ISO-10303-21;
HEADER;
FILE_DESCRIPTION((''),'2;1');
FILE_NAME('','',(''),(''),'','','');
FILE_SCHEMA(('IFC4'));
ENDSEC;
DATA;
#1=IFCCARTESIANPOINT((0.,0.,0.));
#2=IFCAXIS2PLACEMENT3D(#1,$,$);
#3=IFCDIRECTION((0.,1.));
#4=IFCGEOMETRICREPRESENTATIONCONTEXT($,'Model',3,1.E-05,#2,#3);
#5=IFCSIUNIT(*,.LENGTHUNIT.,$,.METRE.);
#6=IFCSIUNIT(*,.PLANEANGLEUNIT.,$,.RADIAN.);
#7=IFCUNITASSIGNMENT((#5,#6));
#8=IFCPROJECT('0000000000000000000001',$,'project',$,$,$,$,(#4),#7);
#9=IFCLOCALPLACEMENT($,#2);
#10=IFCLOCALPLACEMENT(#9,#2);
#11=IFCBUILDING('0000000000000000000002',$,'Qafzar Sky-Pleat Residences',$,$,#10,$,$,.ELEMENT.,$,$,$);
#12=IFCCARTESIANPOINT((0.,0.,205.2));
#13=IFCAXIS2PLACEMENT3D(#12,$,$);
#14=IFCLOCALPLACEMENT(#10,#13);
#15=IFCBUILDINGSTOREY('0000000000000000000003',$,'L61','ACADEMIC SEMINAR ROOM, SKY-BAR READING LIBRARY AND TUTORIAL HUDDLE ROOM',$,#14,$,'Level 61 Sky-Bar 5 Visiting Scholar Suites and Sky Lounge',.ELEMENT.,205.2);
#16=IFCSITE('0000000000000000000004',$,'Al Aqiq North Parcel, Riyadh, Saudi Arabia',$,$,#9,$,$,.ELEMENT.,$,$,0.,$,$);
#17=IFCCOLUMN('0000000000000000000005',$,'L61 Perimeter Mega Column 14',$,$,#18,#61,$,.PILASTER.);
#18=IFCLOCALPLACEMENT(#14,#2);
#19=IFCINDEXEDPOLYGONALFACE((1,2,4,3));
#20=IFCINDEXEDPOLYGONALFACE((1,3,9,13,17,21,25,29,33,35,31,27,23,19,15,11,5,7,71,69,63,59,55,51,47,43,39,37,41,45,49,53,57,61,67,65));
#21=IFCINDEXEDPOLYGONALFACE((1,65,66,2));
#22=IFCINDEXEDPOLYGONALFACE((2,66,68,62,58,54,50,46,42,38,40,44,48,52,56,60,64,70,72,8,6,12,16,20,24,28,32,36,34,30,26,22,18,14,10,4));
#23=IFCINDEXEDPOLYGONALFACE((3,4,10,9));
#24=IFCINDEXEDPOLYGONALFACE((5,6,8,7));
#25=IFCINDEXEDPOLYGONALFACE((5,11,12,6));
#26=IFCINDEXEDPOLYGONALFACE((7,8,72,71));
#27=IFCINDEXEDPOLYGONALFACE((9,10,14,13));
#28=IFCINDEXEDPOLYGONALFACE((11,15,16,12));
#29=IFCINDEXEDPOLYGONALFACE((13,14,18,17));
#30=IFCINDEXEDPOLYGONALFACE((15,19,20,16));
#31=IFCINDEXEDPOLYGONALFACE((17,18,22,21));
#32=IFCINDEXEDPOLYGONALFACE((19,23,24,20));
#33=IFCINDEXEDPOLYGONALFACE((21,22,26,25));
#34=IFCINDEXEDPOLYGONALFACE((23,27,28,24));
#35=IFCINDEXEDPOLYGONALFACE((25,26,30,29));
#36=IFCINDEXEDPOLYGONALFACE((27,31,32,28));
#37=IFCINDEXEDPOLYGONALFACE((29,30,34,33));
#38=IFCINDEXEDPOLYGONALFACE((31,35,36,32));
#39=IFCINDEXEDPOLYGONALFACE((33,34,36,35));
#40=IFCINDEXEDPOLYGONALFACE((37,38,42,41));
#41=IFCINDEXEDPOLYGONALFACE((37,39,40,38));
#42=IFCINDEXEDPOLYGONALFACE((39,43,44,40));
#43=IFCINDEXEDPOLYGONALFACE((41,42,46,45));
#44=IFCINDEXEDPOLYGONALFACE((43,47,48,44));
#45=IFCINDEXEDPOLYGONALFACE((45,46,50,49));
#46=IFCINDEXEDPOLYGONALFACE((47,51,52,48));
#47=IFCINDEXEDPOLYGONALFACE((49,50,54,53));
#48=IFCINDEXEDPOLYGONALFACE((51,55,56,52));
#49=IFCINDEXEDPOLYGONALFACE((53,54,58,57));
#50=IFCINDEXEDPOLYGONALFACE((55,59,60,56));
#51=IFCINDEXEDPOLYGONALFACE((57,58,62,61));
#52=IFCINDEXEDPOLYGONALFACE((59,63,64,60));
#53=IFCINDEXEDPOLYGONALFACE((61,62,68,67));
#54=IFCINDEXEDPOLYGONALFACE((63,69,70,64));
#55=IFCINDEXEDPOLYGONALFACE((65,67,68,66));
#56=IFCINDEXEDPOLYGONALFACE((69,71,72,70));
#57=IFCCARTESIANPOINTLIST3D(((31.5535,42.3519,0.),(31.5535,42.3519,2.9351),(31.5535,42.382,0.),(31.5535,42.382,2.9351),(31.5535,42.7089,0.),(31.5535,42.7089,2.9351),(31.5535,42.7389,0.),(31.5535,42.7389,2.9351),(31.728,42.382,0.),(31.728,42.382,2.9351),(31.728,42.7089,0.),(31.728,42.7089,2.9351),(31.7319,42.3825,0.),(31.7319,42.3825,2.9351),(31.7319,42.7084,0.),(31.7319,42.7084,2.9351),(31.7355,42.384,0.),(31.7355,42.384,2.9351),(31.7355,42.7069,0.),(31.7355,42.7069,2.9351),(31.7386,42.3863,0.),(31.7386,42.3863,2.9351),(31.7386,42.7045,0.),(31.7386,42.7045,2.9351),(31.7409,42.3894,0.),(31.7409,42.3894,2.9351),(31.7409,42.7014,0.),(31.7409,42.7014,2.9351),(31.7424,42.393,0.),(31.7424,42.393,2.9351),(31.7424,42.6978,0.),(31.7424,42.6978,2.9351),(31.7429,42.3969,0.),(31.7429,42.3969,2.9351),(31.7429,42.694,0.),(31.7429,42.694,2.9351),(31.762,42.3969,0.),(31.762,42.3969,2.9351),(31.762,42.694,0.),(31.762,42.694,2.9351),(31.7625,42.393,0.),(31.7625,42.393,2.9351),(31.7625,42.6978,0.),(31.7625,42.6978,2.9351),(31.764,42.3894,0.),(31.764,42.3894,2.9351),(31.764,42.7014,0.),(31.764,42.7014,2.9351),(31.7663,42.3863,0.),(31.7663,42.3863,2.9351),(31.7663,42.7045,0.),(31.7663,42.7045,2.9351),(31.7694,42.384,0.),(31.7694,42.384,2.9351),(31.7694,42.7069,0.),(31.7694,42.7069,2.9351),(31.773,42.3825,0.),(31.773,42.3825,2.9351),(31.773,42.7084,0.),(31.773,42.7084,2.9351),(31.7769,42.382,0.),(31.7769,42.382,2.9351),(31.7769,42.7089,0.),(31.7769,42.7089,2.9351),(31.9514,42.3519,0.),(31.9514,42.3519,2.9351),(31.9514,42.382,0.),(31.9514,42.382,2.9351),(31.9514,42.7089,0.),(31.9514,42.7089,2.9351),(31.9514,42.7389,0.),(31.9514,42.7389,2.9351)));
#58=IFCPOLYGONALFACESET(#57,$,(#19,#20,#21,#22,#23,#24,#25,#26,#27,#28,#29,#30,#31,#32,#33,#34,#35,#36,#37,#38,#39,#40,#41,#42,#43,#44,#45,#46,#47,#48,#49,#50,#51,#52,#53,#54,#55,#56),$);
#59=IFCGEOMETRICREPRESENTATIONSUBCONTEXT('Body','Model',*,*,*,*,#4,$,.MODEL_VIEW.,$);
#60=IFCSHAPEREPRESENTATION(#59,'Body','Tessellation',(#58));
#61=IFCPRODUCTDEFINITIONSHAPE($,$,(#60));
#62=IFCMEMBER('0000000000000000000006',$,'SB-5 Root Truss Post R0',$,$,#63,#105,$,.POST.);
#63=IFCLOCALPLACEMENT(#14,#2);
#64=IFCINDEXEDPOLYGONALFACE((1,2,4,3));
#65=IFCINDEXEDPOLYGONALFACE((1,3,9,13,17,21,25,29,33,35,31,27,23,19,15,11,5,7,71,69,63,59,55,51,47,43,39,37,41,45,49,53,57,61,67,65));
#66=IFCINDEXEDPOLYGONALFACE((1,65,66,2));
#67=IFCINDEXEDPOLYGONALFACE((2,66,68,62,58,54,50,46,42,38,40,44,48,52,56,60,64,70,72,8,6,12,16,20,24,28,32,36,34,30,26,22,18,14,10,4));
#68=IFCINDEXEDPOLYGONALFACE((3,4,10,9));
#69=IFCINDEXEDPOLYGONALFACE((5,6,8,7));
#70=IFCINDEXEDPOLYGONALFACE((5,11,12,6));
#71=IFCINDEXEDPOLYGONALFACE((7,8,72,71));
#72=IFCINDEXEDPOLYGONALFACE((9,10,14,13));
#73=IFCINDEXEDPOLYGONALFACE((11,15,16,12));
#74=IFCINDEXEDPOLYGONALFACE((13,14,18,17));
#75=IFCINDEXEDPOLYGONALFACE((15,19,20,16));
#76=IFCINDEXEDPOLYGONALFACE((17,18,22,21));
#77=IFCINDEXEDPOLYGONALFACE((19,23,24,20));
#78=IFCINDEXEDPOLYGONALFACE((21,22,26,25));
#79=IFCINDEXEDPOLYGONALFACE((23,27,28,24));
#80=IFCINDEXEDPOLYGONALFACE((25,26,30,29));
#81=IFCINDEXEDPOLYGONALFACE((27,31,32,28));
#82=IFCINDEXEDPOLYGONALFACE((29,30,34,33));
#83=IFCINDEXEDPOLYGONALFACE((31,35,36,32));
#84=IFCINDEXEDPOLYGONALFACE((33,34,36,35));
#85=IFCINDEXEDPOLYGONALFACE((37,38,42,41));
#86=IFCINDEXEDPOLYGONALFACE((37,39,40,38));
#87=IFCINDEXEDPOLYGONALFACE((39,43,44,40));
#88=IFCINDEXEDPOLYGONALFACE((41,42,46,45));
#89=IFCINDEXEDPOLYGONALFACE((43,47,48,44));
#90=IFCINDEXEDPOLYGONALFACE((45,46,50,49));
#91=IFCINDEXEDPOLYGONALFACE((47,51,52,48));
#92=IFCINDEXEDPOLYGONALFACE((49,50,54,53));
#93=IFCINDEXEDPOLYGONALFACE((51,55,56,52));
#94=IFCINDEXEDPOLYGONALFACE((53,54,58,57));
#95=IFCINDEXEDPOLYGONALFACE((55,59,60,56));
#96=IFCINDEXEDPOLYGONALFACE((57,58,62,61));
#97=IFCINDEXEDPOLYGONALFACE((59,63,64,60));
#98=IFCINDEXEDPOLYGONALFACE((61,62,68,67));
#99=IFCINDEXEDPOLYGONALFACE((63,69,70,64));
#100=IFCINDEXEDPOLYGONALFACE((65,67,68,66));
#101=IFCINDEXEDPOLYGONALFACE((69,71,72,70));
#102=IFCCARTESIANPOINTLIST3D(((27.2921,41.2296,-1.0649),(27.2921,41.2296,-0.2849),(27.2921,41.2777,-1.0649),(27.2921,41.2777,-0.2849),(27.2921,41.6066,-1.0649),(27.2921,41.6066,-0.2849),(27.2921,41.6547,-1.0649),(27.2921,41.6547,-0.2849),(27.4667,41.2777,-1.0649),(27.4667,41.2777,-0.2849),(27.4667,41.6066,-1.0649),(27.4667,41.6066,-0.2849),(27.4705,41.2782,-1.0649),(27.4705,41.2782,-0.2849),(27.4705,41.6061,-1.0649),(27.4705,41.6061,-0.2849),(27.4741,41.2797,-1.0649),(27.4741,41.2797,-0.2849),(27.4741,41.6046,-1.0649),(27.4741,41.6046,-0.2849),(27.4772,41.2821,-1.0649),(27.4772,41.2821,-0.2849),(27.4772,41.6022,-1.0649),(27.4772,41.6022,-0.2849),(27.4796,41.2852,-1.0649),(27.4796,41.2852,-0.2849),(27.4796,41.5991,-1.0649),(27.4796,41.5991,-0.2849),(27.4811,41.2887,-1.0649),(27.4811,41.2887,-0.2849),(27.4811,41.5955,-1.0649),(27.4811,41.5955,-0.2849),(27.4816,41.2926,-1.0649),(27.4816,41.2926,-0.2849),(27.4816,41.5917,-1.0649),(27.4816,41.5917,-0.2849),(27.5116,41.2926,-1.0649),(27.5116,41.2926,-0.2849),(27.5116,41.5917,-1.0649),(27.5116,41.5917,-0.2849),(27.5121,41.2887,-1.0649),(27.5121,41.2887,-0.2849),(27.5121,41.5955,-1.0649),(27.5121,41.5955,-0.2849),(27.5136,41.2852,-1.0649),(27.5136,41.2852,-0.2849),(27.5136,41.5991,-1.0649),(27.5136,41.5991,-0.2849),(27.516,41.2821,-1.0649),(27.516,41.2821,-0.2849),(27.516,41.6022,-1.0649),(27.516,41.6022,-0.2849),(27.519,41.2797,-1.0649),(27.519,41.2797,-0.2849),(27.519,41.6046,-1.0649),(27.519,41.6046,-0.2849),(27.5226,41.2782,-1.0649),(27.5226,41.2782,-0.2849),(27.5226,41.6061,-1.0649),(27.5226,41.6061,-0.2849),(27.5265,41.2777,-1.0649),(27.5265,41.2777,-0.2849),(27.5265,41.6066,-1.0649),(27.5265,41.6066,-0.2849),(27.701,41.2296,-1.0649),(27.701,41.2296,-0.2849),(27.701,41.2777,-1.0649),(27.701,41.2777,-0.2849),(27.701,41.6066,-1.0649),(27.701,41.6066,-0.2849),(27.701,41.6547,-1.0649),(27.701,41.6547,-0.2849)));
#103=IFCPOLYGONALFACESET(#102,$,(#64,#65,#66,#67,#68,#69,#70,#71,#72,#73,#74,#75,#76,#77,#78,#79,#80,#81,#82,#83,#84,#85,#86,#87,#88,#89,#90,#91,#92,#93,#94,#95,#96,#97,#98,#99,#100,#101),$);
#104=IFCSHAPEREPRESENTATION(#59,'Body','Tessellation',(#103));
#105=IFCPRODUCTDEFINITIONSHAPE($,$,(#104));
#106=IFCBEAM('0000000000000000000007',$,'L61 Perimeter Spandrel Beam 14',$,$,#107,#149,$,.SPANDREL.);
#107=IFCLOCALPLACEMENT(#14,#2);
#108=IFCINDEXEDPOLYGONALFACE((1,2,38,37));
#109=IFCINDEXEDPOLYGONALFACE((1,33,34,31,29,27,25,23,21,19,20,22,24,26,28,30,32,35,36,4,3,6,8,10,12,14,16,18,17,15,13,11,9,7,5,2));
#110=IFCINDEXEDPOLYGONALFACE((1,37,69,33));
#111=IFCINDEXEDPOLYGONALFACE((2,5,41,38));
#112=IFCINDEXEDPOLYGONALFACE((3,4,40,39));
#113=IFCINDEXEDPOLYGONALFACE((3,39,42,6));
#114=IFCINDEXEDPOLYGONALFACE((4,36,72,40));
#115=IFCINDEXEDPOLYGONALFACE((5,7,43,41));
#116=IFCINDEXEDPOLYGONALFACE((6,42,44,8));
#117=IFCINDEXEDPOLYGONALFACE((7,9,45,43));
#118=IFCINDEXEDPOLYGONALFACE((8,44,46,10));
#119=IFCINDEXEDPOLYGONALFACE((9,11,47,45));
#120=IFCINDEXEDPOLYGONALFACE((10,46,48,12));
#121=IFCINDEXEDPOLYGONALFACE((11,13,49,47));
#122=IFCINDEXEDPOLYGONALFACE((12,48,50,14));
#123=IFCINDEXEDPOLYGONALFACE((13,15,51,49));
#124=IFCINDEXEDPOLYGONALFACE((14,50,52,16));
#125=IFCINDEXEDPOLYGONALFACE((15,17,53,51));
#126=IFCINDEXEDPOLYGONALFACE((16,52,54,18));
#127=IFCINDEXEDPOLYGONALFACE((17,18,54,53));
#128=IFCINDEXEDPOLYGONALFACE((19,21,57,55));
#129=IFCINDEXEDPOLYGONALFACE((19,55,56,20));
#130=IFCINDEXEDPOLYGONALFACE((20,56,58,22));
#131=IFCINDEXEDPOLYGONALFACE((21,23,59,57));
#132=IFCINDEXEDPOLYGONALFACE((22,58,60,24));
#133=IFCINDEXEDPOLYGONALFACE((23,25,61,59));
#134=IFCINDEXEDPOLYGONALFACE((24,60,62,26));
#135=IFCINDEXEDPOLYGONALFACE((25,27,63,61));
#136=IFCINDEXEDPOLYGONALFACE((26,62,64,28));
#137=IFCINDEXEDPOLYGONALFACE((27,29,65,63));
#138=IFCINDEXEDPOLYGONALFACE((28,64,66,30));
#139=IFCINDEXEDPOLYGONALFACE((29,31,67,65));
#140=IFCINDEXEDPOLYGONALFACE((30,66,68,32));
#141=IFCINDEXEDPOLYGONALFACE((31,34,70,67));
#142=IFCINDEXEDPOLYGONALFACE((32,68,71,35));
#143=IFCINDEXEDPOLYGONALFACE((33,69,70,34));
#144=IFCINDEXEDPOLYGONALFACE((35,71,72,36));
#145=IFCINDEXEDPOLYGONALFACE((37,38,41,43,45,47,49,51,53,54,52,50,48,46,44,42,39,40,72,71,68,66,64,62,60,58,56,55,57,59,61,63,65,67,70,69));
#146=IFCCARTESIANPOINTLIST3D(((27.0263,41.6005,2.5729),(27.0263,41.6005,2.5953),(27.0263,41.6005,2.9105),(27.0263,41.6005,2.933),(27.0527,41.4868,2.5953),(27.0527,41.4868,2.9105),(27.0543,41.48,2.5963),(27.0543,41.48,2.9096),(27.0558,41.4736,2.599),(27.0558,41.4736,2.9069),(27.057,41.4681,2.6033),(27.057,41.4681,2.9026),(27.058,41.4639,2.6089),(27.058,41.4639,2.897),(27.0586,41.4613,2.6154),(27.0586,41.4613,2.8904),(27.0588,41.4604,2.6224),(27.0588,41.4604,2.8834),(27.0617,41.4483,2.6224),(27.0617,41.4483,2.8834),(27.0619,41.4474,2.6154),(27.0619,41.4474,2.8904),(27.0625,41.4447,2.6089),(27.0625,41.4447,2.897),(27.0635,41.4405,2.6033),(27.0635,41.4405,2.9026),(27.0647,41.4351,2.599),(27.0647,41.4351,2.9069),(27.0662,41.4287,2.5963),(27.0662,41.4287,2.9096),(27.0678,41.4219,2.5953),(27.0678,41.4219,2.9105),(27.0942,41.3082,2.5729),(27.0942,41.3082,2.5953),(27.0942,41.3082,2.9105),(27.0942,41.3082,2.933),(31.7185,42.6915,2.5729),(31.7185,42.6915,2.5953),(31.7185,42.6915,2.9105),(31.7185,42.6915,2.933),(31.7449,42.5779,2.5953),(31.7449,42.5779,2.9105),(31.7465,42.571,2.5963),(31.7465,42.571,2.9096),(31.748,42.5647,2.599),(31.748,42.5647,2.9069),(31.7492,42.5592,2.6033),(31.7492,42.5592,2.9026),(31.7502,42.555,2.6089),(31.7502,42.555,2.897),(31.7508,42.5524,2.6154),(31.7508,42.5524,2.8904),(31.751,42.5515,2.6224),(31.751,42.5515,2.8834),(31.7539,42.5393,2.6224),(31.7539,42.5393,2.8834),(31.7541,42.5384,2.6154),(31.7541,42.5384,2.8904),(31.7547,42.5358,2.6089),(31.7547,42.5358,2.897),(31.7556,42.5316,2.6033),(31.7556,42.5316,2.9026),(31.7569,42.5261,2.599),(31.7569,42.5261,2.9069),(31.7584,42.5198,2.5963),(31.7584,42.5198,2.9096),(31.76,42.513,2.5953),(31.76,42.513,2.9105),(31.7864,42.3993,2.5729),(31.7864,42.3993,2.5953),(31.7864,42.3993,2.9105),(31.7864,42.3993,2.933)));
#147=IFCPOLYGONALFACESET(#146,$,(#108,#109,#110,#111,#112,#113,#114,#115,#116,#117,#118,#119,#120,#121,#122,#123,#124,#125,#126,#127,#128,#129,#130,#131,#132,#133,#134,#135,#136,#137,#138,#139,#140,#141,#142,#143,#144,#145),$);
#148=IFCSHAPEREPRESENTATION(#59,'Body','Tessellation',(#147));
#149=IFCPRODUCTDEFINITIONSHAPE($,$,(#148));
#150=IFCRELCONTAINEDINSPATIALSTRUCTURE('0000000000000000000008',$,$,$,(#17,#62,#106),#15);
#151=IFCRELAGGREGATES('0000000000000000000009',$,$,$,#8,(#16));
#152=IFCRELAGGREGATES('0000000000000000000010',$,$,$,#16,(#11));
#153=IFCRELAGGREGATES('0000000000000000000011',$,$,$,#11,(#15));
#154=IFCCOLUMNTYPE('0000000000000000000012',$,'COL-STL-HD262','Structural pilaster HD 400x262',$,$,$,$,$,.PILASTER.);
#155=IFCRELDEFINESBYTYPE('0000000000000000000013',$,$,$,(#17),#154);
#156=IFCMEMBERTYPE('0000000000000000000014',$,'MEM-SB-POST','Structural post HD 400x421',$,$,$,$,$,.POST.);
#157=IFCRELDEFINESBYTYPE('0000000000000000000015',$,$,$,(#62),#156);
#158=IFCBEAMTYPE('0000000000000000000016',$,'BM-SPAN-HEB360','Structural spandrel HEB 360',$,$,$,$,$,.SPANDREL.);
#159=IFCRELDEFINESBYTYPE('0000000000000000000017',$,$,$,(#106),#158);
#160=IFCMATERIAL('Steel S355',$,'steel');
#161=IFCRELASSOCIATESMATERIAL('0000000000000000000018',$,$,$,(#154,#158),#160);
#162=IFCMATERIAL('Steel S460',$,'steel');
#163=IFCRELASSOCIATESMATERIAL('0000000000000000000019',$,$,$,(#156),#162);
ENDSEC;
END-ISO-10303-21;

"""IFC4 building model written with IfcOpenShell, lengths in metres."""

from ifc_helpers import new_model, si_unit, direction, frame, origin, origin_2d, place, context, subcontext, project, spatial, i_section, extrude, source, transform, mapped, material, material_profile, profile_set, type_object, element, save


model = new_model("IFC4")

# Units and contexts
model_context = context("Model", 3, precision=1e-05, world=origin(), true_north=direction((0.0, 1.0)))
body_context = subcontext(model_context, "Body", "Model", "MODEL_VIEW")
ifc_project = project(units=[si_unit("LENGTHUNIT", "METRE"), si_unit("PLANEANGLEUNIT", "RADIAN")], contexts=[model_context])

# Site, building, storey
site_placement = place(None, origin())
site = spatial("IfcSite", under=ifc_project, at=site_placement, Name="Al Aqiq North Parcel, Riyadh, Saudi Arabia", CompositionType="ELEMENT", RefElevation=0.0)
building_placement = place(site_placement, origin())
building = spatial("IfcBuilding", under=site, at=building_placement, Name="Qafzar Sky-Pleat Residences", CompositionType="ELEMENT")
storey_placement = place(building_placement, frame((0.0, 0.0, 205.2)))
storey = spatial("IfcBuildingStorey", under=building, at=storey_placement, Name="L61", Description="ACADEMIC SEMINAR ROOM, SKY-BAR READING LIBRARY AND TUTORIAL HUDDLE ROOM", LongName="Level 61 Sky-Bar 5 Visiting Scholar Suites and Sky Lounge", CompositionType="ELEMENT", Elevation=205.2)

# Column
ifc_material_1 = material(Name="Steel S355", Category="steel")
ifc_material_profile_1 = material_profile(ifc_material_1, i_section(OverallWidth=0.3979, OverallDepth=0.387, WebThickness=0.019, FlangeThickness=0.03, FilletRadius=0.0149, at=origin_2d()), Name="HD 400x262")
ifc_profile_set_1 = profile_set([ifc_material_profile_1], Name="Steel S355")
column_type = type_object("IfcColumnType", Name="COL-STL-HD262", Description="Structural pilaster HD 400x262", PredefinedType="PILASTER", material=ifc_profile_set_1)
shared_shape_1 = source(origin(), body_context, "Body", "SweptSolid", [
    extrude(i_section(OverallWidth=0.3979, OverallDepth=0.387, WebThickness=0.019, FlangeThickness=0.03, FilletRadius=0.0149, at=origin_2d()), origin(), (0.0, 0.0, 1.0), 2.9351),
])
column_placement = place(storey_placement, frame((31.7524, 42.5454, 0.0), z_axis=(0.0, 0.0, 1.0), x_axis=(1.0, 0.0, 0.0)))
element("IfcColumn", 1, at=column_placement, inside=storey, type_object=column_type, Name="L61 Perimeter Mega Column 14", PredefinedType="PILASTER", context=body_context, shape_type="MappedRepresentation", body=[
    mapped(shared_shape_1, transform((0.0, 0.0, 0.0), x_axis=(1.0, 0.0, 0.0), y_axis=(0.0, 1.0, 0.0), z_axis=(0.0, 0.0, 1.0), scale=1.0)),
])

# Member
ifc_material_2 = material(Name="Steel S460", Category="steel")
ifc_material_profile_2 = material_profile(ifc_material_2, i_section(OverallWidth=0.4089, OverallDepth=0.425, WebThickness=0.03, FlangeThickness=0.0481, FilletRadius=0.0149, at=origin_2d()), Name="HD 400x421")
ifc_profile_set_2 = profile_set([ifc_material_profile_2], Name="Steel S460")
member_type_1 = type_object("IfcMemberType", Name="MEM-SB-POST", Description="Structural post HD 400x421", PredefinedType="POST", material=ifc_profile_set_2)
shared_shape_2 = source(origin(), body_context, "Body", "SweptSolid", [
    extrude(i_section(OverallWidth=0.4089, OverallDepth=0.425, WebThickness=0.03, FlangeThickness=0.0481, FilletRadius=0.0149, at=origin_2d()), origin(), (0.0, 0.0, 1.0), 0.78),
])
member_placement = place(storey_placement, frame((27.4966, 41.4421, -1.0649), z_axis=(0.0, 0.0, 1.0), x_axis=(1.0, 0.0, 0.0)))
element("IfcMember", 2, at=member_placement, inside=storey, type_object=member_type_1, Name="SB-5 Root Truss Post R0", PredefinedType="POST", context=body_context, shape_type="MappedRepresentation", body=[
    mapped(shared_shape_2, transform((0.0, 0.0, 0.0), x_axis=(1.0, 0.0, 0.0), y_axis=(0.0, 1.0, 0.0), z_axis=(0.0, 0.0, 1.0), scale=1.0)),
])

# Beam
ifc_material_profile_3 = material_profile(ifc_material_1, i_section(OverallWidth=0.3, OverallDepth=0.3601, WebThickness=0.0125, FlangeThickness=0.0225, FilletRadius=0.0271, at=origin_2d()), Name="HEB 360")
ifc_profile_set_3 = profile_set([ifc_material_profile_3], Name="Steel S355")
beam_type_1 = type_object("IfcBeamType", Name="BM-SPAN-HEB360", Description="Structural spandrel HEB 360", PredefinedType="SPANDREL", material=ifc_profile_set_3)
shared_shape_3 = source(origin(), body_context, "Body", "SweptSolid", [
    extrude(i_section(OverallWidth=0.3, OverallDepth=0.3601, WebThickness=0.0125, FlangeThickness=0.0225, FilletRadius=0.0271, at=origin_2d()), origin(), (0.0, 0.0, 1.0), 4.8174),
])
beam_1_placement = place(storey_placement, frame((31.7524, 42.5454, 2.7529), z_axis=(-0.974014, -0.226488, 0.0), x_axis=(0.226488, -0.974014, 0.0)))
element("IfcBeam", 3, at=beam_1_placement, inside=storey, type_object=beam_type_1, Name="L61 Perimeter Spandrel Beam 14", PredefinedType="SPANDREL", context=body_context, shape_type="MappedRepresentation", body=[
    mapped(shared_shape_3, transform((0.0, 0.0, 0.0), x_axis=(1.0, 0.0, 0.0), y_axis=(0.0, 1.0, 0.0), z_axis=(0.0, 0.0, 1.0), scale=1.0)),
])

save(model, "model.ifc")
